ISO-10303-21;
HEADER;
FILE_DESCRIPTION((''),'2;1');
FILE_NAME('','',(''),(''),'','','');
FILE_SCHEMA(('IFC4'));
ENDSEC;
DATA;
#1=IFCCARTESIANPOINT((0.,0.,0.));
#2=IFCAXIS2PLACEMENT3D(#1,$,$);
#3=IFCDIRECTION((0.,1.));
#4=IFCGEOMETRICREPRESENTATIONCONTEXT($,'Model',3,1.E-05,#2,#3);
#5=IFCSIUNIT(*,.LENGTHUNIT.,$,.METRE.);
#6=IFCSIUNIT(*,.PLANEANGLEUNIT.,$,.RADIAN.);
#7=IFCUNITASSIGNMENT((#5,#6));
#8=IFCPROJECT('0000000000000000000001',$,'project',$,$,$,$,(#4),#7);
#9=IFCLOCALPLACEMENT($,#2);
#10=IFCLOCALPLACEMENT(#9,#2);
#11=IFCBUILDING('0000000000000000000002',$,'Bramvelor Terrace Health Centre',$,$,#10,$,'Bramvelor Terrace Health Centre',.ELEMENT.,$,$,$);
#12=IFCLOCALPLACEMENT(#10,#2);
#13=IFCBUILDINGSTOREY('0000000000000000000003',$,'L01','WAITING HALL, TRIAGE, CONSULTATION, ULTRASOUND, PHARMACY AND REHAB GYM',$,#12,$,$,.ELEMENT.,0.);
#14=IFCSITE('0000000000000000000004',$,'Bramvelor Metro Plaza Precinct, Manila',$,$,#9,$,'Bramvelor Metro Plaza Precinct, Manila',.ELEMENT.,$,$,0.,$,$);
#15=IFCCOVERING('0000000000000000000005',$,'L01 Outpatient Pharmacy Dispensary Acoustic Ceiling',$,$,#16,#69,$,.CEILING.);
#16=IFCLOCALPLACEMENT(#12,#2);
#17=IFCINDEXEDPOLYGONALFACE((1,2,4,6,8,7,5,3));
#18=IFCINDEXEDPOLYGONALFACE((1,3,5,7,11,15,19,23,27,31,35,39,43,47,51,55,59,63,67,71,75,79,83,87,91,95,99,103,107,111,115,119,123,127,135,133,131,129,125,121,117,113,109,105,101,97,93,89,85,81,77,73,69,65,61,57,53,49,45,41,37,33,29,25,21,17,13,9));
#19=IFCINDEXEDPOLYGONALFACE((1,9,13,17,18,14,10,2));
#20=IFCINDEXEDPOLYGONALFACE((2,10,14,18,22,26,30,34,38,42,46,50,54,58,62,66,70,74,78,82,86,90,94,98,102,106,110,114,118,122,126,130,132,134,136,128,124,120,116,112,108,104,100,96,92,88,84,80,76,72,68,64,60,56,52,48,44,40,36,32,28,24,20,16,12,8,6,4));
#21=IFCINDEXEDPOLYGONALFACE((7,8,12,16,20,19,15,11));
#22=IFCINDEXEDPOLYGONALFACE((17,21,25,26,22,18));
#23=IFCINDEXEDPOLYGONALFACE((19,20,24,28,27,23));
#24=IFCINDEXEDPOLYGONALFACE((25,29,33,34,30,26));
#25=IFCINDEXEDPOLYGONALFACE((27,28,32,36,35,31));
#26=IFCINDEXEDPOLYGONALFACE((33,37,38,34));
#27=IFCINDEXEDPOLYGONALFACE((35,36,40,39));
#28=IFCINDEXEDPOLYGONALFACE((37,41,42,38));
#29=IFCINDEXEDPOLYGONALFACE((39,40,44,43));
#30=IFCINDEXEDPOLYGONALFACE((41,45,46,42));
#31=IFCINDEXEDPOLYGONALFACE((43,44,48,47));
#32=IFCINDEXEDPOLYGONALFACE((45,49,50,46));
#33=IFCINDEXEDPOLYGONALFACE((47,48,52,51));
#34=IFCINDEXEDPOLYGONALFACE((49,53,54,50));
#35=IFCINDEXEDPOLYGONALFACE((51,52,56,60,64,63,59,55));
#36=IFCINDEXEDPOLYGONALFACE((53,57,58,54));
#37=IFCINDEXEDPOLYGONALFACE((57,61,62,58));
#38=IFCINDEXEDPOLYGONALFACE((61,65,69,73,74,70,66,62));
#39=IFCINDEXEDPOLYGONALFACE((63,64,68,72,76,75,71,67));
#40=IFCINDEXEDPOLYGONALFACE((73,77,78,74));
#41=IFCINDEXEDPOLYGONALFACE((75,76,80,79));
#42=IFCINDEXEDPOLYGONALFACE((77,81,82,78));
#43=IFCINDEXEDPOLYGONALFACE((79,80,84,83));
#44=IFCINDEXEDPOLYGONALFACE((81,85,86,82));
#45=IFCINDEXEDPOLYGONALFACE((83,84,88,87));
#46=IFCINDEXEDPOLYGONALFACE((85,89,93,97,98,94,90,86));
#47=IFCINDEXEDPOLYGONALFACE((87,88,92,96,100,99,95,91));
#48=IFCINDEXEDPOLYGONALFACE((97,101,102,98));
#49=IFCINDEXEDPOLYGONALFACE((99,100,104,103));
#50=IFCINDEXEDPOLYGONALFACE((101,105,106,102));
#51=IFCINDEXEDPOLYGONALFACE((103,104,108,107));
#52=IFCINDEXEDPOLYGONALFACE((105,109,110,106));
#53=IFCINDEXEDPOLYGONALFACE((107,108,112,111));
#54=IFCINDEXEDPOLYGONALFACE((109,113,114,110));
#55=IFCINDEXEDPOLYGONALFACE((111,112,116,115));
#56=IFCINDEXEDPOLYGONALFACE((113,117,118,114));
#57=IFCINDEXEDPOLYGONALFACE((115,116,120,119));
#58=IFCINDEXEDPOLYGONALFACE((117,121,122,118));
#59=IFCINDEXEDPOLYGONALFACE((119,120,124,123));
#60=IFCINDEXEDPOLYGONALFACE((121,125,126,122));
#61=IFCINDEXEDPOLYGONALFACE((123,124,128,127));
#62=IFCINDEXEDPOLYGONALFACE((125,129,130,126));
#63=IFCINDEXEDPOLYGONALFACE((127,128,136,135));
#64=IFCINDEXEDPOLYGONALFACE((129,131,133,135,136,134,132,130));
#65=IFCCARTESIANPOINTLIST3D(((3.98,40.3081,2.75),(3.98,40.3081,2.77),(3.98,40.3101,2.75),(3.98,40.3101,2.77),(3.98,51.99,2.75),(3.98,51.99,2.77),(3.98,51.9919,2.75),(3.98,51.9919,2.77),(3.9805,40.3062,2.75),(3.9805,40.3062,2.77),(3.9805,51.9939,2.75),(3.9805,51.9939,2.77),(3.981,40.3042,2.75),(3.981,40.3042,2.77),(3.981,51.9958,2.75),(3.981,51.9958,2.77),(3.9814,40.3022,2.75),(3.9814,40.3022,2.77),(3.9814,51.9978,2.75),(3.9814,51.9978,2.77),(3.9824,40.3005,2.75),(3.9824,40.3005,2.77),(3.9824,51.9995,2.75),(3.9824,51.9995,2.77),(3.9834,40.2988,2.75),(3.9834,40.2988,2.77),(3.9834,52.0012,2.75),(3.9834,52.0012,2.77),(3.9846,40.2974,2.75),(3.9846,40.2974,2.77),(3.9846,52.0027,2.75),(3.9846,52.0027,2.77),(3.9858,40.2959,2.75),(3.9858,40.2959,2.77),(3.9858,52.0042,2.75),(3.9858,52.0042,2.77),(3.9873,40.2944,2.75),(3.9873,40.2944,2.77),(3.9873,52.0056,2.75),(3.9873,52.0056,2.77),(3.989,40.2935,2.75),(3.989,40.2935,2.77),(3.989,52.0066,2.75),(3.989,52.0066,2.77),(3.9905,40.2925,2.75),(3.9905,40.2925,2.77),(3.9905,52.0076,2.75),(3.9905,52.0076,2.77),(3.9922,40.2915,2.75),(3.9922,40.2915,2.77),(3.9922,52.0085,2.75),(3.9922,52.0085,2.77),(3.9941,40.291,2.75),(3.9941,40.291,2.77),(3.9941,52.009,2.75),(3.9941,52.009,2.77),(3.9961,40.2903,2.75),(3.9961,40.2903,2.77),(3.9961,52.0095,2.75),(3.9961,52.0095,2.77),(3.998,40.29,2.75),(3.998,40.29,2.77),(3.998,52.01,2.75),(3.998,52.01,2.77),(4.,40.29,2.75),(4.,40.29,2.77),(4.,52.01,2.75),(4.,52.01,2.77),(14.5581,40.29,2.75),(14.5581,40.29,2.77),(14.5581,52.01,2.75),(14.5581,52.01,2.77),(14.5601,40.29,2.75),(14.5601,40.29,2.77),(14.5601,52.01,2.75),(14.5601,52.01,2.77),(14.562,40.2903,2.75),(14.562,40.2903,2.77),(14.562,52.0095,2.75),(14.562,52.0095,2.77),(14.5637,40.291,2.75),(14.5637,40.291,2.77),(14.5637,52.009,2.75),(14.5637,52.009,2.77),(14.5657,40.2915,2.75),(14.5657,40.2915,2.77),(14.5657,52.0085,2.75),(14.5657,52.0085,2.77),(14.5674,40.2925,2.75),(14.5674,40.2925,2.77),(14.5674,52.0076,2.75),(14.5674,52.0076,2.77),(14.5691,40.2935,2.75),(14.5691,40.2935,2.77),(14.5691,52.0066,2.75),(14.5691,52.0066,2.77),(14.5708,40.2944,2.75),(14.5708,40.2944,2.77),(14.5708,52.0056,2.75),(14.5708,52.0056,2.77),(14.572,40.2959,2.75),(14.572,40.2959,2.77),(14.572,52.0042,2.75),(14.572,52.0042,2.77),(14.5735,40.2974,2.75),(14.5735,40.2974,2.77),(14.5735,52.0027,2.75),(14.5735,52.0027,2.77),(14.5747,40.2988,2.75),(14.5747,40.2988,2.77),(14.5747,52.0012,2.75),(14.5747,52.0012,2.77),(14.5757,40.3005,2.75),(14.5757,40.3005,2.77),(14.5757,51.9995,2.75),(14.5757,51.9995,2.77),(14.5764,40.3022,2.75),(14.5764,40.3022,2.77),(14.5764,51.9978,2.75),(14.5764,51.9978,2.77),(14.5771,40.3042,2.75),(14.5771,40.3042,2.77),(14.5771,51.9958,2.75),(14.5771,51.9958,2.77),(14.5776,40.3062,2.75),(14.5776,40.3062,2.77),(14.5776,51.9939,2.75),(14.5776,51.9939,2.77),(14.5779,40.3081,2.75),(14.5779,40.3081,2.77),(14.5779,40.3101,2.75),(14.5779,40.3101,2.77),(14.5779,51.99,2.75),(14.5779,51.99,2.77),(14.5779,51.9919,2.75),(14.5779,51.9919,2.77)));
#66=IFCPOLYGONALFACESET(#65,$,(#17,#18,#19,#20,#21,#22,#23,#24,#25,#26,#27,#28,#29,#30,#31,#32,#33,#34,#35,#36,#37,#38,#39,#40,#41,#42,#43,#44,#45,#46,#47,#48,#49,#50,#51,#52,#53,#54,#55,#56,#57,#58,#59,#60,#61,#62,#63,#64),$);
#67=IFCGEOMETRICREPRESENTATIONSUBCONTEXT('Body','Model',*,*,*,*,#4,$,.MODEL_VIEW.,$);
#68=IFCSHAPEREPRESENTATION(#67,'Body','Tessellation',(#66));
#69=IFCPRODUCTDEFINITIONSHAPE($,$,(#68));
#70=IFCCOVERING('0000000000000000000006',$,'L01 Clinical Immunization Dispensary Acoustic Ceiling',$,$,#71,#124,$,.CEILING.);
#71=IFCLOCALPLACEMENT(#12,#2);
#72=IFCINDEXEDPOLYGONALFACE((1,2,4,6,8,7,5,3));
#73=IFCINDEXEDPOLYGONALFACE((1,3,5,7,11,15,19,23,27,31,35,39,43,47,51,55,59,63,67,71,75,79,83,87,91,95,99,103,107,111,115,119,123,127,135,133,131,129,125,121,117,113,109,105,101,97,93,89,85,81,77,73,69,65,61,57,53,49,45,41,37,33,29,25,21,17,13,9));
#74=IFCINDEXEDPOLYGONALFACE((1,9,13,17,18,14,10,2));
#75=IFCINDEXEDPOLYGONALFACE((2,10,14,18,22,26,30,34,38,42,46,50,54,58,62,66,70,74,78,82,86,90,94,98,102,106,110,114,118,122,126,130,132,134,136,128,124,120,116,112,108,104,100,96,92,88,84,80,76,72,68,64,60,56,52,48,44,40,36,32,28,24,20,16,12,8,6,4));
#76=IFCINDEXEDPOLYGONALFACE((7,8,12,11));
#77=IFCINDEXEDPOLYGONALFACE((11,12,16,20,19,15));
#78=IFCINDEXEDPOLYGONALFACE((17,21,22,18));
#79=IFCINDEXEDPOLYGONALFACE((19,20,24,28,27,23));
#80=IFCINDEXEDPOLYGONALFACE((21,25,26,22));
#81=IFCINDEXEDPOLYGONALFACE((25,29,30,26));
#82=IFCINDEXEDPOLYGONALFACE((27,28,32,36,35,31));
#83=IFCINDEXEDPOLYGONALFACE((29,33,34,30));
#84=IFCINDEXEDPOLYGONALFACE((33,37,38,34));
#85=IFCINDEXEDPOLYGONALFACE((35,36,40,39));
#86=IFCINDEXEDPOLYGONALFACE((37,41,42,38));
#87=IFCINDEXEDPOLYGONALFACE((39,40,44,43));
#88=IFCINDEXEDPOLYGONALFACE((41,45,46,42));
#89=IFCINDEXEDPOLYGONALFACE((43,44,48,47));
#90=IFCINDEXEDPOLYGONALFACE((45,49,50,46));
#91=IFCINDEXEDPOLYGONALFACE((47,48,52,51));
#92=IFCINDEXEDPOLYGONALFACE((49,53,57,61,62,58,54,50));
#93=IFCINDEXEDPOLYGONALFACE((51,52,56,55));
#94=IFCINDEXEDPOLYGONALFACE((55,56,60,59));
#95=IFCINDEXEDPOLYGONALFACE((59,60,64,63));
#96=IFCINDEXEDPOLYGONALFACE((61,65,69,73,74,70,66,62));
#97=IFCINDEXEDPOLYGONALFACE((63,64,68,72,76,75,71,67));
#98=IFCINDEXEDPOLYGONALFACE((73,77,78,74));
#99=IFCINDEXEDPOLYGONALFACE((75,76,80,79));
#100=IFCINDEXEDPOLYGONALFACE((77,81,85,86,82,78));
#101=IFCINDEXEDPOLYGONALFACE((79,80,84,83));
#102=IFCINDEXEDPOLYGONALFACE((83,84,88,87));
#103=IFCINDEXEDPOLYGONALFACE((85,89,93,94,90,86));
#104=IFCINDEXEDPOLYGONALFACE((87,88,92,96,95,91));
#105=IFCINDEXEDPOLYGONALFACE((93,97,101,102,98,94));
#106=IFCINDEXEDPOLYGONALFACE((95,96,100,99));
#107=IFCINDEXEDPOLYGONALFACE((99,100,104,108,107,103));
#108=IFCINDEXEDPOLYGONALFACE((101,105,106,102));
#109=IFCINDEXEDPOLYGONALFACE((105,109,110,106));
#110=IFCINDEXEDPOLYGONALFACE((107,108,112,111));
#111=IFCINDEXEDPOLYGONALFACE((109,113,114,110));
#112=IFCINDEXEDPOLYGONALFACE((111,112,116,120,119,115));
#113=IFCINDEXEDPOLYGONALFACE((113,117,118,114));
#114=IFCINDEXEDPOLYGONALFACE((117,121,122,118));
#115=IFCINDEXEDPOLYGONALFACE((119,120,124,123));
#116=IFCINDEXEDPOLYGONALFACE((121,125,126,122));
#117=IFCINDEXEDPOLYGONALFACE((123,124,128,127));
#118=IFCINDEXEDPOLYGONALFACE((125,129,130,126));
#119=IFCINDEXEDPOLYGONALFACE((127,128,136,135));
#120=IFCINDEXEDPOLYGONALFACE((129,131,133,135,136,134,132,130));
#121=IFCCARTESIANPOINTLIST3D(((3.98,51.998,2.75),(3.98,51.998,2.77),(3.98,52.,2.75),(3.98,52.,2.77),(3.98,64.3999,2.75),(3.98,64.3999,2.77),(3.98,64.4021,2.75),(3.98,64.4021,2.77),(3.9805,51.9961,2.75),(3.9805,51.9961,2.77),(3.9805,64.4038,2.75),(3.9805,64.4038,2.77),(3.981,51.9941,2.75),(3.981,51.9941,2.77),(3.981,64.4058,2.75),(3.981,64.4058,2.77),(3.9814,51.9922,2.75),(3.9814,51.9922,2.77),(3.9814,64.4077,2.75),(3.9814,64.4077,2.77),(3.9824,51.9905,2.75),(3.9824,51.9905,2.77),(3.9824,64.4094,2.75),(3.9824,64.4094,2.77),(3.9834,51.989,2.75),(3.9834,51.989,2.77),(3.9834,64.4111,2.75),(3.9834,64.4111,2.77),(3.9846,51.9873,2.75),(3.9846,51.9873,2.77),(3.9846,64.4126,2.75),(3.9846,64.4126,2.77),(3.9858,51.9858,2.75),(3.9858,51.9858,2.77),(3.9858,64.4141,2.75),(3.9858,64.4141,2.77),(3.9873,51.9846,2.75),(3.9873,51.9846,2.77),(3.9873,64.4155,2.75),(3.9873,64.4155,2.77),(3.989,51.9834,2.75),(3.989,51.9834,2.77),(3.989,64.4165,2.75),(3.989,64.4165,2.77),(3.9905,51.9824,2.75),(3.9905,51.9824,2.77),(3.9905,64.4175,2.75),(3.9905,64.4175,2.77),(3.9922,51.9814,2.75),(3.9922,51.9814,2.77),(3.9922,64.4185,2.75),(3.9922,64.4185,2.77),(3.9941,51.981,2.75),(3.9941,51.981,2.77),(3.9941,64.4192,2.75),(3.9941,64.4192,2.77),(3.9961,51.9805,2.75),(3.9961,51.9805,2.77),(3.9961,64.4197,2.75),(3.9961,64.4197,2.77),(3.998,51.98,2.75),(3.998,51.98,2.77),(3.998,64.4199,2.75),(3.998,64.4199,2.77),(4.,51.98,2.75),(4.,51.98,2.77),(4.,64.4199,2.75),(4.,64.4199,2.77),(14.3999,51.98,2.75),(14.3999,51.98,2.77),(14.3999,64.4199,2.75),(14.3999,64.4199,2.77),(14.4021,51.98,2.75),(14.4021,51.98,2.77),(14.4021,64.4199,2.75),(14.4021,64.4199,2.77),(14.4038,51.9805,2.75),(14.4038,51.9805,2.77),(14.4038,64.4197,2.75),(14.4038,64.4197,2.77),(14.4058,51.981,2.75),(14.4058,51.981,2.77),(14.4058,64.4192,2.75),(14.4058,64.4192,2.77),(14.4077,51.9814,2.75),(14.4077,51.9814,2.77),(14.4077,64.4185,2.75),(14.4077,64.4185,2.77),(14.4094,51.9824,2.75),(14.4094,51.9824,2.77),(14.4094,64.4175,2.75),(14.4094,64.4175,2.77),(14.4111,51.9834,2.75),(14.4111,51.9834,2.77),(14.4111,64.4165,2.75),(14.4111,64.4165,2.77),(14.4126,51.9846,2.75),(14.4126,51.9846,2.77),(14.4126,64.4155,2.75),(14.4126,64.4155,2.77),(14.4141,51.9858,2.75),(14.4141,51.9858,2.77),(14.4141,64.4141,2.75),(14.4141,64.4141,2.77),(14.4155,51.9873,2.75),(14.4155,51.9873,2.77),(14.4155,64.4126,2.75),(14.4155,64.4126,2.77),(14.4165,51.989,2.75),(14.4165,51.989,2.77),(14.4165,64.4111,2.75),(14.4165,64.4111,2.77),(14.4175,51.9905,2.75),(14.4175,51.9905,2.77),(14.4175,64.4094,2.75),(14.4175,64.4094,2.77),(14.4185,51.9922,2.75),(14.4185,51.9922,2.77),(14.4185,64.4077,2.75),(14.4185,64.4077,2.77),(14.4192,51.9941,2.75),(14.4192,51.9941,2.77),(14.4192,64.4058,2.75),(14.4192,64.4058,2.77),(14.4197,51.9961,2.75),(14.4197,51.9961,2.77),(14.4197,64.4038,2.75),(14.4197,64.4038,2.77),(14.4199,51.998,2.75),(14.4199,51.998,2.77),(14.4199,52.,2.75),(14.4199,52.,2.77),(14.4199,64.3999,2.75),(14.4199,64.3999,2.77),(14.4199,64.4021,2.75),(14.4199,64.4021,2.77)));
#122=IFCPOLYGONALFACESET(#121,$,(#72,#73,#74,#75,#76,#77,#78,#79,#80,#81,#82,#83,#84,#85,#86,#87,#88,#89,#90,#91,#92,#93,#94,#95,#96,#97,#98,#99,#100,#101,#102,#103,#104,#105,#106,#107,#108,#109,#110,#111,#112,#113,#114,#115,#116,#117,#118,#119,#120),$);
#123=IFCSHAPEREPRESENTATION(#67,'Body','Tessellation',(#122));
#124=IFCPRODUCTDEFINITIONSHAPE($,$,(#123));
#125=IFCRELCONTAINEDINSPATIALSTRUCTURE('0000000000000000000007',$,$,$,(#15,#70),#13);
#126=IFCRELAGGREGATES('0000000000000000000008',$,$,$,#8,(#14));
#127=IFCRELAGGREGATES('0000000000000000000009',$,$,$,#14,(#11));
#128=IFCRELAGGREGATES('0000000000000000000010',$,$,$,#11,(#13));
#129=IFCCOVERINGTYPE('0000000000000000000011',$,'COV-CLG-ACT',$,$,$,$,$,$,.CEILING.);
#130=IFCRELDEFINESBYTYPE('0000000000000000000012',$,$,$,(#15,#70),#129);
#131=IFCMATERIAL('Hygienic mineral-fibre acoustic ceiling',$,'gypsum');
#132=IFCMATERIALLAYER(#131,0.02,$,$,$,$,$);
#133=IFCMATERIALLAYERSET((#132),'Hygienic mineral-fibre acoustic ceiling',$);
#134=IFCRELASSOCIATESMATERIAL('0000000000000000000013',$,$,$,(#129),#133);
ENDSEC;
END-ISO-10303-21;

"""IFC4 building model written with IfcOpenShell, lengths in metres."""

from ifc_helpers import new_model, si_unit, direction, frame, origin, place, context, subcontext, project, spatial, polyline, outline, extrude, material, layer, layer_set, type_object, element, save


model = new_model("IFC4")

# Units and contexts
model_context = context("Model", 3, precision=1e-05, world=origin(), true_north=direction((0.0, 1.0)))
body_context = subcontext(model_context, "Body", "Model", "MODEL_VIEW")
ifc_project = project(units=[si_unit("LENGTHUNIT", "METRE"), si_unit("PLANEANGLEUNIT", "RADIAN")], contexts=[model_context])

# Site, building, storey
site_placement = place(None, origin())
site = spatial("IfcSite", under=ifc_project, at=site_placement, Name="Bramvelor Metro Plaza Precinct, Manila", LongName="Bramvelor Metro Plaza Precinct, Manila", CompositionType="ELEMENT", RefElevation=0.0)
building_placement = place(site_placement, origin())
building = spatial("IfcBuilding", under=site, at=building_placement, Name="Bramvelor Terrace Health Centre", LongName="Bramvelor Terrace Health Centre", CompositionType="ELEMENT")
storey_placement = place(building_placement, origin())
storey = spatial("IfcBuildingStorey", under=building, at=storey_placement, Name="L01", Description="WAITING HALL, TRIAGE, CONSULTATION, ULTRASOUND, PHARMACY AND REHAB GYM", CompositionType="ELEMENT", Elevation=0.0)

# Coverings
ifc_material_1 = material(Name="Hygienic mineral-fibre acoustic ceiling", Category="gypsum")
ifc_layer_1 = layer(ifc_material_1, 0.02)
ifc_layer_set_1 = layer_set([ifc_layer_1], Name="Hygienic mineral-fibre acoustic ceiling")
covering_type_1 = type_object("IfcCoveringType", Name="COV-CLG-ACT", PredefinedType="CEILING", material=ifc_layer_set_1)
covering_1_placement = place(storey_placement, frame((0.0, 0.0, 2.75)))
element("IfcCovering", 1, at=covering_1_placement, inside=storey, type_object=covering_type_1, Name="L01 Outpatient Pharmacy Dispensary Acoustic Ceiling", PredefinedType="CEILING", context=body_context, shape_type="SweptSolid", body=[
    extrude(outline(polyline([(3.98, 51.99), (3.98, 51.9919), (3.9805, 51.9939), (3.981, 51.9958), (3.9814, 51.9978), (3.9824, 51.9995), (3.9834, 52.0012), (3.9846, 52.0027), (3.9858, 52.0042), (3.9873, 52.0056), (3.989, 52.0066), (3.9905, 52.0076), (3.9922, 52.0085), (3.9941, 52.009), (3.9961, 52.0095), (3.998, 52.01), (4.0, 52.01), (14.5581, 52.01), (14.5601, 52.01), (14.562, 52.0095), (14.5637, 52.009), (14.5657, 52.0085), (14.5674, 52.0076), (14.5691, 52.0066), (14.5708, 52.0056), (14.572, 52.0042), (14.5735, 52.0027), (14.5747, 52.0012), (14.5757, 51.9995), (14.5764, 51.9978), (14.5771, 51.9958), (14.5776, 51.9939), (14.5779, 51.9919), (14.5779, 51.99), (14.5779, 40.3101), (14.5779, 40.3081), (14.5776, 40.3062), (14.5771, 40.3042), (14.5764, 40.3022), (14.5757, 40.3005), (14.5747, 40.2988), (14.5735, 40.2974), (14.572, 40.2959), (14.5708, 40.2944), (14.5691, 40.2935), (14.5674, 40.2925), (14.5657, 40.2915), (14.5637, 40.291), (14.562, 40.2903), (14.5601, 40.29), (14.5581, 40.29), (4.0, 40.29), (3.998, 40.29), (3.9961, 40.2903), (3.9941, 40.291), (3.9922, 40.2915), (3.9905, 40.2925), (3.989, 40.2935), (3.9873, 40.2944), (3.9858, 40.2959), (3.9846, 40.2974), (3.9834, 40.2988), (3.9824, 40.3005), (3.9814, 40.3022), (3.981, 40.3042), (3.9805, 40.3062), (3.98, 40.3081), (3.98, 40.3101), (3.98, 51.99)])), origin(), (0.0, 0.0, 1.0), 0.02),
])
covering_2_placement = place(storey_placement, frame((0.0, 0.0, 2.75)))
element("IfcCovering", 2, at=covering_2_placement, inside=storey, type_object=covering_type_1, Name="L01 Clinical Immunization Dispensary Acoustic Ceiling", PredefinedType="CEILING", context=body_context, shape_type="SweptSolid", body=[
    extrude(outline(polyline([(3.98, 64.3999), (3.98, 64.4021), (3.9805, 64.4038), (3.981, 64.4058), (3.9814, 64.4077), (3.9824, 64.4094), (3.9834, 64.4111), (3.9846, 64.4126), (3.9858, 64.4141), (3.9873, 64.4155), (3.989, 64.4165), (3.9905, 64.4175), (3.9922, 64.4185), (3.9941, 64.4192), (3.9961, 64.4197), (3.998, 64.4199), (4.0, 64.4199), (14.3999, 64.4199), (14.4021, 64.4199), (14.4038, 64.4197), (14.4058, 64.4192), (14.4077, 64.4185), (14.4094, 64.4175), (14.4111, 64.4165), (14.4126, 64.4155), (14.4141, 64.4141), (14.4155, 64.4126), (14.4165, 64.4111), (14.4175, 64.4094), (14.4185, 64.4077), (14.4192, 64.4058), (14.4197, 64.4038), (14.4199, 64.4021), (14.4199, 64.3999), (14.4199, 52.0), (14.4199, 51.998), (14.4197, 51.9961), (14.4192, 51.9941), (14.4185, 51.9922), (14.4175, 51.9905), (14.4165, 51.989), (14.4155, 51.9873), (14.4141, 51.9858), (14.4126, 51.9846), (14.4111, 51.9834), (14.4094, 51.9824), (14.4077, 51.9814), (14.4058, 51.981), (14.4038, 51.9805), (14.4021, 51.98), (14.3999, 51.98), (4.0, 51.98), (3.998, 51.98), (3.9961, 51.9805), (3.9941, 51.981), (3.9922, 51.9814), (3.9905, 51.9824), (3.989, 51.9834), (3.9873, 51.9846), (3.9858, 51.9858), (3.9846, 51.9873), (3.9834, 51.989), (3.9824, 51.9905), (3.9814, 51.9922), (3.981, 51.9941), (3.9805, 51.9961), (3.98, 51.998), (3.98, 52.0), (3.98, 64.3999)])), origin(), (0.0, 0.0, 1.0), 0.02),
])

save(model, "model.ifc")
